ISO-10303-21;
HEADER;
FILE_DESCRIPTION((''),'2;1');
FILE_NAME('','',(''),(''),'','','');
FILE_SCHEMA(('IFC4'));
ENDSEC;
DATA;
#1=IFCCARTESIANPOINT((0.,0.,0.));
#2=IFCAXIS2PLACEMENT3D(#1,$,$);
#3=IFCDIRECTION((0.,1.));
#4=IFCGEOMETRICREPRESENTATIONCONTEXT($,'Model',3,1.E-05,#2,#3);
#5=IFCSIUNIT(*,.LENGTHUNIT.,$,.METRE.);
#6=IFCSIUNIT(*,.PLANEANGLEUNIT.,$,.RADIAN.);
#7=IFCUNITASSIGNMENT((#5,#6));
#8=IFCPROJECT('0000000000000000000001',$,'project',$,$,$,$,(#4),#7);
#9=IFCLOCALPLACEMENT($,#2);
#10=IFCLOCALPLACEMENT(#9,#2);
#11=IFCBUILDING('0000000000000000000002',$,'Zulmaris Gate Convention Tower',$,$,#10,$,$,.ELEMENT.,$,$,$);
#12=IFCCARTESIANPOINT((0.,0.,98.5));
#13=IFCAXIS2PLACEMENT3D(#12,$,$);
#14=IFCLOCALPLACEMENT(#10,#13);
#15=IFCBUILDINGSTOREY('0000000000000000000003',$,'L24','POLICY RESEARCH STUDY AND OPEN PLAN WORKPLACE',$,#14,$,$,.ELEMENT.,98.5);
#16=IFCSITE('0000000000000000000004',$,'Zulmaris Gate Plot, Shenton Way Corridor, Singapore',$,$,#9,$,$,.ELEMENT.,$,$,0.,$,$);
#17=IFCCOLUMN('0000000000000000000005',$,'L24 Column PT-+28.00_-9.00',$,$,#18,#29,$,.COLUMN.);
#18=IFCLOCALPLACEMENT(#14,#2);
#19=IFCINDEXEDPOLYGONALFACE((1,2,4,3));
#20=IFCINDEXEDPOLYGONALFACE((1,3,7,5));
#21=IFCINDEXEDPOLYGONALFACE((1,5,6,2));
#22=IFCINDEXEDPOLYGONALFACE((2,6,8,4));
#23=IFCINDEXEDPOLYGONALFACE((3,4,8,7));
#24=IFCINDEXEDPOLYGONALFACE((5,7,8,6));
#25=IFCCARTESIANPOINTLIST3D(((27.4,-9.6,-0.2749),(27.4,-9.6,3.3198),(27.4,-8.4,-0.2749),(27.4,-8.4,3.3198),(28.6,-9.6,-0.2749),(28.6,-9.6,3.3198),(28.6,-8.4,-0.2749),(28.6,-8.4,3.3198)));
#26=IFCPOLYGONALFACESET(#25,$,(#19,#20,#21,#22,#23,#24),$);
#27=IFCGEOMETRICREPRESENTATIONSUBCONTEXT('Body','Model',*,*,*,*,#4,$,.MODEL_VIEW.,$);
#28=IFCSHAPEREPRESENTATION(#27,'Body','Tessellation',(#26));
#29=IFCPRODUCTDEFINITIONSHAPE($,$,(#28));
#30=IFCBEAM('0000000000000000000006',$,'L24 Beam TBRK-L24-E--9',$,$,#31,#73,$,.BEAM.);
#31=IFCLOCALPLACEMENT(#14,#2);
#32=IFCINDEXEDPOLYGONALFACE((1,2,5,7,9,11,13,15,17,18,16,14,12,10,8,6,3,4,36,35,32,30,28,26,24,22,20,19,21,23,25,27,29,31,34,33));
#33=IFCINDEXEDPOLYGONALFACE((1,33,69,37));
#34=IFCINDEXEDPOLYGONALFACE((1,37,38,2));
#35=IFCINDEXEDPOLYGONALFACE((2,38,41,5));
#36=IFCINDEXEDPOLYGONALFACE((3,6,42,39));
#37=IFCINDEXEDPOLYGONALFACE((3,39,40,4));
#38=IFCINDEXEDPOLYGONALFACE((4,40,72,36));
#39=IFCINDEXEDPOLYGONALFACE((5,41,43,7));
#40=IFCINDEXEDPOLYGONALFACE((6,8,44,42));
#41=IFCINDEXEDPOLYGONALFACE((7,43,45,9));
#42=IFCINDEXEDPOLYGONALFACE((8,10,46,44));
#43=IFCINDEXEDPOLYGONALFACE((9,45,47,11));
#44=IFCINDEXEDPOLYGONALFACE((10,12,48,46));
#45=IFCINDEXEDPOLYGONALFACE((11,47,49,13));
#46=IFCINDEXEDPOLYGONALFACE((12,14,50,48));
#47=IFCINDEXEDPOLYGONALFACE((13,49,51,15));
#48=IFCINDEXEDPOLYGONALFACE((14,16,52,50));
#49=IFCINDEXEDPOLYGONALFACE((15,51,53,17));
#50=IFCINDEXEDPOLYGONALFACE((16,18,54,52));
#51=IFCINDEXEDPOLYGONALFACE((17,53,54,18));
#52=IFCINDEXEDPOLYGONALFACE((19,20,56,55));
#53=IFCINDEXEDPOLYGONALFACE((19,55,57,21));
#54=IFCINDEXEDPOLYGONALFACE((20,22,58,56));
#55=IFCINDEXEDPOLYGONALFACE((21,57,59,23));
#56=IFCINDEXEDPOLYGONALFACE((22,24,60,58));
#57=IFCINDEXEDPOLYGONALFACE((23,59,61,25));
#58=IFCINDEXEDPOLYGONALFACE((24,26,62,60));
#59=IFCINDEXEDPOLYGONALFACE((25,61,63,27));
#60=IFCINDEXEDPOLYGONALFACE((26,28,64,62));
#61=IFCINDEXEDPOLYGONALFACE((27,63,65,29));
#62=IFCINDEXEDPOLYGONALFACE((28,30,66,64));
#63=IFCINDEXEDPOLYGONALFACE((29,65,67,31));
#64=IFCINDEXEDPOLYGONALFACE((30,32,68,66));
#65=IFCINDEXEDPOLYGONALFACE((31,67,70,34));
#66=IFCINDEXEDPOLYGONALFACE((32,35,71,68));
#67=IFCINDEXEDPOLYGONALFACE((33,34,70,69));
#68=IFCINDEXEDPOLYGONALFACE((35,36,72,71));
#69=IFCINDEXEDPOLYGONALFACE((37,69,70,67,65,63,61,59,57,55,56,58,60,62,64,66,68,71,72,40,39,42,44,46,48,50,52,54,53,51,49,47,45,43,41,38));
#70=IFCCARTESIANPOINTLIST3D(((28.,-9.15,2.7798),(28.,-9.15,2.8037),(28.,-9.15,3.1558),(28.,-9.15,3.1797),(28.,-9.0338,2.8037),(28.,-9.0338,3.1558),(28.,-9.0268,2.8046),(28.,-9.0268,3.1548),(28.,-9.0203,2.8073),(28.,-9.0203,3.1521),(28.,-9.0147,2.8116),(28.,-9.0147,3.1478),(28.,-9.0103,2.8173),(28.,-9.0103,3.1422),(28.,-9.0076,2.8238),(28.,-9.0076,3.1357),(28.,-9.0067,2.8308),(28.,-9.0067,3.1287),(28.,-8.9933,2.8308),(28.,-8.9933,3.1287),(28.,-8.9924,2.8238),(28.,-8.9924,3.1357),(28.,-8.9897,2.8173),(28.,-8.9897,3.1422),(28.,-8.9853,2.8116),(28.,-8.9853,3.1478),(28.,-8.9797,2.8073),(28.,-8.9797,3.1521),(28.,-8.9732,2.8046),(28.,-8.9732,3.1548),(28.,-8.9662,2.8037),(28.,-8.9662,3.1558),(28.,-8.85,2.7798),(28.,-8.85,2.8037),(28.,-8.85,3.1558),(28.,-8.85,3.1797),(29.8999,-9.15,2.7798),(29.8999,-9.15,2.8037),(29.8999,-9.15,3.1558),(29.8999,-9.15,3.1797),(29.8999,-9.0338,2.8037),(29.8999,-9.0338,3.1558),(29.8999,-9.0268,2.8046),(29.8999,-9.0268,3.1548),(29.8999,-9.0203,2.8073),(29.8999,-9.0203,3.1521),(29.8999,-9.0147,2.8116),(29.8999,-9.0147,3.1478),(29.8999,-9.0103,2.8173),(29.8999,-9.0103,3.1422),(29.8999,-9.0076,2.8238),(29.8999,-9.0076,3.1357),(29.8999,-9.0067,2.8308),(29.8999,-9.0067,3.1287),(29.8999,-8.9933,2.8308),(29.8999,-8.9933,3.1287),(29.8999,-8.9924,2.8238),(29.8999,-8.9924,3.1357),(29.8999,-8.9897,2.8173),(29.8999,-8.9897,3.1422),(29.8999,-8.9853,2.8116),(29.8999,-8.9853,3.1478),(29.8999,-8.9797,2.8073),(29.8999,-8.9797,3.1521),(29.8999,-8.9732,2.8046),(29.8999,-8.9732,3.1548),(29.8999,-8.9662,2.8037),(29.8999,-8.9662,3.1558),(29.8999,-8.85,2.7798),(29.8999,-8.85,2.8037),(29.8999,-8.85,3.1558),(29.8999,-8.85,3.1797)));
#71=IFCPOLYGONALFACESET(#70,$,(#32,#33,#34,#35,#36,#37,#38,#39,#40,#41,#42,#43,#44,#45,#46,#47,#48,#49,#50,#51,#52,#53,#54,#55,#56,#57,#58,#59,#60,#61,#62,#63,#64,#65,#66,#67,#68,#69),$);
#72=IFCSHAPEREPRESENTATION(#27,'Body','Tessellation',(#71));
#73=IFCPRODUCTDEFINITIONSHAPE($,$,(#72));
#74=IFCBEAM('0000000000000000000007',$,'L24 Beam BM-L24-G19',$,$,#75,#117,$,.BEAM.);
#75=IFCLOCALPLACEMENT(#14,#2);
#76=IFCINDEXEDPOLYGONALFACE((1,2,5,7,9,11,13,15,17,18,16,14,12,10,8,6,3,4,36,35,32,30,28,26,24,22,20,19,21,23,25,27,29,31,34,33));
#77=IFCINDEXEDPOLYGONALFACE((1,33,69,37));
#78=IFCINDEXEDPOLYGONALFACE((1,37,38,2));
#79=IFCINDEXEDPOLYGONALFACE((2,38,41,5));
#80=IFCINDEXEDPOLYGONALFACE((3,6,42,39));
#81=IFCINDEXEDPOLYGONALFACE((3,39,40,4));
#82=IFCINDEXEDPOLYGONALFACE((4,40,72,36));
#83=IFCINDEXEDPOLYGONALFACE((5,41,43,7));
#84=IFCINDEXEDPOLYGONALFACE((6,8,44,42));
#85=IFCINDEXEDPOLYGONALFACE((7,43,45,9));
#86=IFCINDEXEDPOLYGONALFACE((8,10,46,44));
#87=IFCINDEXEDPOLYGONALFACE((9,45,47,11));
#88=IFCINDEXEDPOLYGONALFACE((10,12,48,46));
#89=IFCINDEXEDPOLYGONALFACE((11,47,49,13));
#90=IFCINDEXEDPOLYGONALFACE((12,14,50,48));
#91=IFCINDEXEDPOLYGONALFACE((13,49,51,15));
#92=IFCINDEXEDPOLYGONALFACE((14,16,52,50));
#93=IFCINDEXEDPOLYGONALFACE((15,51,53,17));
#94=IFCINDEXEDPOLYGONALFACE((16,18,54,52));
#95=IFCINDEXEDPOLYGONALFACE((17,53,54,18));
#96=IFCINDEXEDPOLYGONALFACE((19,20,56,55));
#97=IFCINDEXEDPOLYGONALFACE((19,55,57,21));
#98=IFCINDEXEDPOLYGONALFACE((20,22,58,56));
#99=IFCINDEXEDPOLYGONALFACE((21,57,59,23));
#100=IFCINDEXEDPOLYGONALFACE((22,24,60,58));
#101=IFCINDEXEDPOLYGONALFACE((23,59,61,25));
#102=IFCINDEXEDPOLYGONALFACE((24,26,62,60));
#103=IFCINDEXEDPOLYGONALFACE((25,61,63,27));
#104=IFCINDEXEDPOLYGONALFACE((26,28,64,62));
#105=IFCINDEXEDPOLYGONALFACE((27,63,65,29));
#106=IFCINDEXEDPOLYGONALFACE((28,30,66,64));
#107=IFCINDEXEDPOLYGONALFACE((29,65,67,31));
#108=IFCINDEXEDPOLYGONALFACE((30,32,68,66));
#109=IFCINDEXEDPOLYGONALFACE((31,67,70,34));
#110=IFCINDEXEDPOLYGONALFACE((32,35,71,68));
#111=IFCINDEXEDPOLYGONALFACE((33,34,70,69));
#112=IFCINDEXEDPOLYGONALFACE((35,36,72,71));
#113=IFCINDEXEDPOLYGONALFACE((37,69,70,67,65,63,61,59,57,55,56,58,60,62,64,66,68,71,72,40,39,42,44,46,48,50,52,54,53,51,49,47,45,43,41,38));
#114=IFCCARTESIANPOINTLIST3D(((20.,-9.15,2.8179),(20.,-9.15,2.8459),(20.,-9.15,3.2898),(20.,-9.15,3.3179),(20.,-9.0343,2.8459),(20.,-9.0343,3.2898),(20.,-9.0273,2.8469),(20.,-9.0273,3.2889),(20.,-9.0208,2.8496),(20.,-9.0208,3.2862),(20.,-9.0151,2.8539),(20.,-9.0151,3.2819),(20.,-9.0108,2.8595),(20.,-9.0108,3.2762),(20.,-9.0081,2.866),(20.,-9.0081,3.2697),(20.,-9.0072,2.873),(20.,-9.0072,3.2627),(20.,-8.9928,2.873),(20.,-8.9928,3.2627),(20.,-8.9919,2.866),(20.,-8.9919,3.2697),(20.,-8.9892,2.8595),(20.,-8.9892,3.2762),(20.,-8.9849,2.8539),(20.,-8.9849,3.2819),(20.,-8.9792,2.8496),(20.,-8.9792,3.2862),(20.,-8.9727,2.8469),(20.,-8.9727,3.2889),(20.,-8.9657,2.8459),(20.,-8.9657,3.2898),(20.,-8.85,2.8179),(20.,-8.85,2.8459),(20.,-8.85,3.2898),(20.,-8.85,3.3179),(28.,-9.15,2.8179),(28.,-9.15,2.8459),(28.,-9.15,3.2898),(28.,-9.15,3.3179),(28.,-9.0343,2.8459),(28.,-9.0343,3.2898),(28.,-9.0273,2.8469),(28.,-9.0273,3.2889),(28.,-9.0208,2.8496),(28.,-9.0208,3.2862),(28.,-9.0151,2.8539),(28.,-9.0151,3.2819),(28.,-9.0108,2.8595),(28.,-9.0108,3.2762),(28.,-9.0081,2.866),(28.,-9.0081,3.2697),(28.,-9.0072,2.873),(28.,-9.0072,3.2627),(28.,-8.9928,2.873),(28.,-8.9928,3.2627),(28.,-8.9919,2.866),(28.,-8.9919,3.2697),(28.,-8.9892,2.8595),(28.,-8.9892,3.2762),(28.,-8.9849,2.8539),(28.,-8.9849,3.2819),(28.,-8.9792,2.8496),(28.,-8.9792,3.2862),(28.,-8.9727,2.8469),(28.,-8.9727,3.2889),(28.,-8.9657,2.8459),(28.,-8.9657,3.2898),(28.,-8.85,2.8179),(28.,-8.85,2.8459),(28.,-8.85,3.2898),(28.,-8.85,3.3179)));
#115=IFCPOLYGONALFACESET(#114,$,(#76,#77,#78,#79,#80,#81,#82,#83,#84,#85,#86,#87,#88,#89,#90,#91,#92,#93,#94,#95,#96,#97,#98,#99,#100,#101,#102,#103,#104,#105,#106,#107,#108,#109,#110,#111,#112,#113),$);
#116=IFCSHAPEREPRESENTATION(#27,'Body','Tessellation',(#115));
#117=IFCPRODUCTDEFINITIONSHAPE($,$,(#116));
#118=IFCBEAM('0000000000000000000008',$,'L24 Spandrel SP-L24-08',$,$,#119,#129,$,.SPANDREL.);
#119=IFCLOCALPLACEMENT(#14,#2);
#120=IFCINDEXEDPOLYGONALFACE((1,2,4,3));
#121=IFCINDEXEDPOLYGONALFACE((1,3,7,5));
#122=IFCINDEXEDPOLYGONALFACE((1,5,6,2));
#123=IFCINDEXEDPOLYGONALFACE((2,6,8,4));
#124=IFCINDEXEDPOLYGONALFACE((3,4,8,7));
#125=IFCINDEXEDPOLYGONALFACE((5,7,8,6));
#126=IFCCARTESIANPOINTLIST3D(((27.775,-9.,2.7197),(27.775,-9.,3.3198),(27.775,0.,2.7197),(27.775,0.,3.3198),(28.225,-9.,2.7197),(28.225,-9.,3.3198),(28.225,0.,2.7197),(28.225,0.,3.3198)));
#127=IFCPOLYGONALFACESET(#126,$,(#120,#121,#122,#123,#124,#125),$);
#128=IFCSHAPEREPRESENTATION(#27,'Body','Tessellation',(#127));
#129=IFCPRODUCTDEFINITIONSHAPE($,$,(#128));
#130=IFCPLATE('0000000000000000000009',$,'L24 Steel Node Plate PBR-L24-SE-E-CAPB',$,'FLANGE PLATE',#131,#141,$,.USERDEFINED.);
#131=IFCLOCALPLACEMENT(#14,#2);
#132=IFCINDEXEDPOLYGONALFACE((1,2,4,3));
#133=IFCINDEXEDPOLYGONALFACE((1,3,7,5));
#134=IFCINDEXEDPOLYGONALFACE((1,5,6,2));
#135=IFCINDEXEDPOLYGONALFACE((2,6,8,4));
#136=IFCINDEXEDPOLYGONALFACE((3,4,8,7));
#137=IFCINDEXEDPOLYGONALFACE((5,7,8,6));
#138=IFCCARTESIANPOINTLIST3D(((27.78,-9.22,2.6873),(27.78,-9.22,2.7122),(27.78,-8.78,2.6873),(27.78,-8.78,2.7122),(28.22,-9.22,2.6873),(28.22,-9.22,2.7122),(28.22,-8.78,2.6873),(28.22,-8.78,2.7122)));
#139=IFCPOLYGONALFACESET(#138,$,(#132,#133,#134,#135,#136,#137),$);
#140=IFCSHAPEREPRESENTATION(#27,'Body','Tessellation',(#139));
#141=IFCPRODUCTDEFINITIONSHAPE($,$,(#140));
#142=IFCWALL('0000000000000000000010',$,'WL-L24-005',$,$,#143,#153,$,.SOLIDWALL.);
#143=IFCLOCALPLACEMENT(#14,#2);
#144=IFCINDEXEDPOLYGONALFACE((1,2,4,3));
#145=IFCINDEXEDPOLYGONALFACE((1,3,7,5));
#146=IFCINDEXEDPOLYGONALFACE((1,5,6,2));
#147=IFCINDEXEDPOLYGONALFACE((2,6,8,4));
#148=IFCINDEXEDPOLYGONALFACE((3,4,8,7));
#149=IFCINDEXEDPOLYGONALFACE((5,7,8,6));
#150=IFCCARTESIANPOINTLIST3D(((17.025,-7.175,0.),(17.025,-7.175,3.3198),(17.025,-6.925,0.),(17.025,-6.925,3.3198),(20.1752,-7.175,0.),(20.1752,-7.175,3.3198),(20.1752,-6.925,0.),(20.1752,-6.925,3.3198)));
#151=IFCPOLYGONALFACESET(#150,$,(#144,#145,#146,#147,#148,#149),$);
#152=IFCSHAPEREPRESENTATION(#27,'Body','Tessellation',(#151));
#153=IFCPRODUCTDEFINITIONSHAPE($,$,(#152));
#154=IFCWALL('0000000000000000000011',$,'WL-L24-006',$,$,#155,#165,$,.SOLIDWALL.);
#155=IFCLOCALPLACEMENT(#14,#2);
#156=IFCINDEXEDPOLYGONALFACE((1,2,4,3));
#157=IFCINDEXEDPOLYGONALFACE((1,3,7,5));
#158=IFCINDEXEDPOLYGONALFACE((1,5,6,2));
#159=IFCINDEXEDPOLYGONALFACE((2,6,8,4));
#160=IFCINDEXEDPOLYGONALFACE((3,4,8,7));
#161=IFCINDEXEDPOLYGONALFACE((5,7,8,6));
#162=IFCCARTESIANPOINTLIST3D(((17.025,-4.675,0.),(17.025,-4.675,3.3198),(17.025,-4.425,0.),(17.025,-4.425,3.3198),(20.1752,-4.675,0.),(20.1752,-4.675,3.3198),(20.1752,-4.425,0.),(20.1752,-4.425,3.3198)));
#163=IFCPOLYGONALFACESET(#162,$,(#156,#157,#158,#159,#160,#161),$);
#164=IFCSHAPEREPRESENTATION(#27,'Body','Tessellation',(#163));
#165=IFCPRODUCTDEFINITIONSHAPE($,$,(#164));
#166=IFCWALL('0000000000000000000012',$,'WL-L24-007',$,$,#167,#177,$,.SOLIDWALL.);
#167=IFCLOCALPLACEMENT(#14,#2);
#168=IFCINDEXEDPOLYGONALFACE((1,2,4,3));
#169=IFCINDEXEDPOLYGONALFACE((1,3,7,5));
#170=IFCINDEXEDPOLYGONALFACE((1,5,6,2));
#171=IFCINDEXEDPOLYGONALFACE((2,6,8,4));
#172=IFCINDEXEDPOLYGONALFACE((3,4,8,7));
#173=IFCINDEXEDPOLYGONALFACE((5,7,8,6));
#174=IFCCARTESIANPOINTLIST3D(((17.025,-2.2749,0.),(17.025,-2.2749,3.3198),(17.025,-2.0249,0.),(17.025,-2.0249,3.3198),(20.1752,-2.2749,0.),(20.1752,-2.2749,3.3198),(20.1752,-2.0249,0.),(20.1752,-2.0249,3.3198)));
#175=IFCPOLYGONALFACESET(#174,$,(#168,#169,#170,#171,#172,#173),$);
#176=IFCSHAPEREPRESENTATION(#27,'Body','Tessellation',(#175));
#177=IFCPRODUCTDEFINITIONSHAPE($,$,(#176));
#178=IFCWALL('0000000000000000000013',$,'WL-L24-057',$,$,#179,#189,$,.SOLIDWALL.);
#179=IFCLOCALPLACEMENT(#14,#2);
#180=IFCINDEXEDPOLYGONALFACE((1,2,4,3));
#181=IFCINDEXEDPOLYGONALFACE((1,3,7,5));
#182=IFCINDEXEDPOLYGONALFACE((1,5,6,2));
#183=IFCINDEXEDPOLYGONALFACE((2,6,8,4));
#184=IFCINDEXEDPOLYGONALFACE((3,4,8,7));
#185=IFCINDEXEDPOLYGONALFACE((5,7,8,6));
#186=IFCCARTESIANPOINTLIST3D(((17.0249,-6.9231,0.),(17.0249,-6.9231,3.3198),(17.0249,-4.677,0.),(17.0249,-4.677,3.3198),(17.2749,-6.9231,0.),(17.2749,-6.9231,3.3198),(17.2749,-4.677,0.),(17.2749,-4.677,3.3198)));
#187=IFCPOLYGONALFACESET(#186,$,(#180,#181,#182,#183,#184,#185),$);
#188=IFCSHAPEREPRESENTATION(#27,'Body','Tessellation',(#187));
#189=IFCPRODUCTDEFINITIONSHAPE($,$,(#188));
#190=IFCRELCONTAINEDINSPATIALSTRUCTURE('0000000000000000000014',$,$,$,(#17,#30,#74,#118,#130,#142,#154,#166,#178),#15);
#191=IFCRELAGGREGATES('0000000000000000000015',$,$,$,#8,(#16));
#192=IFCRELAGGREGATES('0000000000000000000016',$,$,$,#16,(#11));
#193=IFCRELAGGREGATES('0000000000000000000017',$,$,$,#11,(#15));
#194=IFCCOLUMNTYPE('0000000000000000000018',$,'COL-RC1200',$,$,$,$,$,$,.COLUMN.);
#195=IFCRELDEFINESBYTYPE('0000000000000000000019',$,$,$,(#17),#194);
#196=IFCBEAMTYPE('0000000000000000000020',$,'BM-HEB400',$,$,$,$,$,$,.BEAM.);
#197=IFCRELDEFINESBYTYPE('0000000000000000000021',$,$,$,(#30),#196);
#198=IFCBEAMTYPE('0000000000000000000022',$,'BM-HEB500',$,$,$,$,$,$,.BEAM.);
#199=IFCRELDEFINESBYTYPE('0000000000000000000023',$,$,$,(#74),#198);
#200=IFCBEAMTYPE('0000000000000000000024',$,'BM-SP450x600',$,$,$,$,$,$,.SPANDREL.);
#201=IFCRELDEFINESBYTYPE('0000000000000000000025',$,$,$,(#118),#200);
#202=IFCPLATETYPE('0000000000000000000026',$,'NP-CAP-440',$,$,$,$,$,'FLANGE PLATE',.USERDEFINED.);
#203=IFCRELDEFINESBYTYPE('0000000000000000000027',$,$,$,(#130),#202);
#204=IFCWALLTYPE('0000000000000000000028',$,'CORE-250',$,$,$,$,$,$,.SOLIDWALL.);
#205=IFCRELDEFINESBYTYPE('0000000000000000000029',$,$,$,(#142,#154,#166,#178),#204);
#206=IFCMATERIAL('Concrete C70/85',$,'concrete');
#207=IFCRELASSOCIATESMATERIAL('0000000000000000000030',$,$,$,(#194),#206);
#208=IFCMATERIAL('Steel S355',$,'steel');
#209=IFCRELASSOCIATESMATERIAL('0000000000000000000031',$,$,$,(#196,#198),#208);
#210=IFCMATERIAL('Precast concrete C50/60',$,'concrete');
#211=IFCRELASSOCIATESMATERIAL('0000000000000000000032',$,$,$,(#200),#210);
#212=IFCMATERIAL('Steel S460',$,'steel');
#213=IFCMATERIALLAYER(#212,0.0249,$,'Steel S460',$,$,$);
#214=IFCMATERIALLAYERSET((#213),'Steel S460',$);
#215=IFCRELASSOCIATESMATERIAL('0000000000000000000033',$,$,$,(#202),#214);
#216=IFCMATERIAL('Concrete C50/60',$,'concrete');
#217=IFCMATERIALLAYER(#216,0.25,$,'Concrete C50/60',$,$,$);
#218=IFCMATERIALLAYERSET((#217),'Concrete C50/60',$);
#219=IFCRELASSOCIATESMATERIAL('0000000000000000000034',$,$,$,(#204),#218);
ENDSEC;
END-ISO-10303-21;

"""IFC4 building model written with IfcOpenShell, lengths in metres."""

from ifc_helpers import new_model, si_unit, direction, frame, frame_2d, origin, origin_2d, place, context, subcontext, project, spatial, rectangle, i_section, extrude, material, layer, layer_set, material_profile, profile_set, type_object, element, save


model = new_model("IFC4")

# Units and contexts
model_context = context("Model", 3, precision=1e-05, world=origin(), true_north=direction((0.0, 1.0)))
body_context = subcontext(model_context, "Body", "Model", "MODEL_VIEW")
ifc_project = project(units=[si_unit("LENGTHUNIT", "METRE"), si_unit("PLANEANGLEUNIT", "RADIAN")], contexts=[model_context])

# Site, building, storey
site_placement = place(None, origin())
site = spatial("IfcSite", under=ifc_project, at=site_placement, Name="Zulmaris Gate Plot, Shenton Way Corridor, Singapore", CompositionType="ELEMENT", RefElevation=0.0)
building_placement = place(site_placement, origin())
building = spatial("IfcBuilding", under=site, at=building_placement, Name="Zulmaris Gate Convention Tower", CompositionType="ELEMENT")
storey_placement = place(building_placement, frame((0.0, 0.0, 98.5)))
storey = spatial("IfcBuildingStorey", under=building, at=storey_placement, Name="L24", Description="POLICY RESEARCH STUDY AND OPEN PLAN WORKPLACE", CompositionType="ELEMENT", Elevation=98.5)

# Column
ifc_material_1 = material(Name="Concrete C70/85", Category="concrete")
ifc_material_profile_1 = material_profile(ifc_material_1, rectangle(XDim=1.2, YDim=1.2, at=origin_2d()), Name="RC COL 1200x1200")
ifc_profile_set_1 = profile_set([ifc_material_profile_1], Name="Concrete C70/85")
column_type = type_object("IfcColumnType", Name="COL-RC1200", PredefinedType="COLUMN", material=ifc_profile_set_1)
column_placement = place(storey_placement, frame((28.0, -9.0, -0.2749), z_axis=(0.0, 0.0, 1.0), x_axis=(1.0, 0.0, 0.0)))
element("IfcColumn", 1, at=column_placement, inside=storey, type_object=column_type, Name="L24 Column PT-+28.00_-9.00", PredefinedType="COLUMN", context=body_context, shape_type="SweptSolid", body=[
    extrude(rectangle(XDim=1.2, YDim=1.2, at=origin_2d()), origin(), (0.0, 0.0, 1.0), 3.5947),
])

# Beams
ifc_material_2 = material(Name="Steel S355", Category="steel")
ifc_material_profile_2 = material_profile(ifc_material_2, i_section(OverallWidth=0.3, OverallDepth=0.3999, WebThickness=0.0134, FlangeThickness=0.0239, FilletRadius=0.0271, at=origin_2d()), Name="HEB 400")
ifc_profile_set_2 = profile_set([ifc_material_profile_2], Name="Steel S355")
beam_type_1 = type_object("IfcBeamType", Name="BM-HEB400", PredefinedType="BEAM", material=ifc_profile_set_2)
beam_1_placement = place(storey_placement, frame((28.0, -9.0, 2.9797), z_axis=(1.0, 0.0, 0.0), x_axis=(0.0, 1.0, 0.0)))
element("IfcBeam", 2, at=beam_1_placement, inside=storey, type_object=beam_type_1, Name="L24 Beam TBRK-L24-E--9", PredefinedType="BEAM", context=body_context, shape_type="SweptSolid", body=[
    extrude(i_section(OverallWidth=0.3, OverallDepth=0.3999, WebThickness=0.0134, FlangeThickness=0.0239, FilletRadius=0.0271, at=origin_2d()), origin(), (0.0, 0.0, 1.0), 1.8999),
])
ifc_material_profile_3 = material_profile(ifc_material_2, i_section(OverallWidth=0.3, OverallDepth=0.5, WebThickness=0.0144, FlangeThickness=0.0281, FilletRadius=0.0271, at=origin_2d()), Name="HEB 500")
ifc_profile_set_3 = profile_set([ifc_material_profile_3], Name="Steel S355")
beam_type_2 = type_object("IfcBeamType", Name="BM-HEB500", PredefinedType="BEAM", material=ifc_profile_set_3)
beam_2_placement = place(storey_placement, frame((20.0, -9.0, 3.0679), z_axis=(1.0, 0.0, 0.0), x_axis=(0.0, 1.0, 0.0)))
element("IfcBeam", 3, at=beam_2_placement, inside=storey, type_object=beam_type_2, Name="L24 Beam BM-L24-G19", PredefinedType="BEAM", context=body_context, shape_type="SweptSolid", body=[
    extrude(i_section(OverallWidth=0.3, OverallDepth=0.5, WebThickness=0.0144, FlangeThickness=0.0281, FilletRadius=0.0271, at=origin_2d()), origin(), (0.0, 0.0, 1.0), 8.0),
])
ifc_material_3 = material(Name="Precast concrete C50/60", Category="concrete")
ifc_material_profile_4 = material_profile(ifc_material_3, rectangle(XDim=0.45, YDim=0.6001, at=origin_2d()), Name="RC SPANDREL 450x600")
ifc_profile_set_4 = profile_set([ifc_material_profile_4], Name="Precast concrete C50/60")
beam_type_3 = type_object("IfcBeamType", Name="BM-SP450x600", PredefinedType="SPANDREL", material=ifc_profile_set_4)
beam_3_placement = place(storey_placement, frame((28.0, -9.0, 3.0198), z_axis=(0.0, 1.0, 0.0), x_axis=(-1.0, 0.0, 0.0)))
element("IfcBeam", 4, at=beam_3_placement, inside=storey, type_object=beam_type_3, Name="L24 Spandrel SP-L24-08", PredefinedType="SPANDREL", context=body_context, shape_type="SweptSolid", body=[
    extrude(rectangle(XDim=0.45, YDim=0.6001, at=origin_2d()), origin(), (0.0, 0.0, 1.0), 9.0),
])

# Plate
ifc_material_4 = material(Name="Steel S460", Category="steel")
ifc_layer_1 = layer(ifc_material_4, 0.0249, Name="Steel S460")
ifc_layer_set_1 = layer_set([ifc_layer_1], Name="Steel S460")
plate_type = type_object("IfcPlateType", Name="NP-CAP-440", ElementType="FLANGE PLATE", PredefinedType="USERDEFINED", material=ifc_layer_set_1)
plate_placement = place(storey_placement, frame((28.0, -9.0, 2.6873), z_axis=(0.0, 0.0, 1.0), x_axis=(1.0, 0.0, 0.0)))
element("IfcPlate", 5, at=plate_placement, inside=storey, type_object=plate_type, Name="L24 Steel Node Plate PBR-L24-SE-E-CAPB", ObjectType="FLANGE PLATE", PredefinedType="USERDEFINED", context=body_context, shape_type="SweptSolid", body=[
    extrude(rectangle(XDim=0.4399, YDim=0.4399, at=origin_2d()), origin(), (0.0, 0.0, 1.0), 0.0249),
])

# Walls
ifc_material_5 = material(Name="Concrete C50/60", Category="concrete")
ifc_layer_2 = layer(ifc_material_5, 0.25, Name="Concrete C50/60")
ifc_layer_set_2 = layer_set([ifc_layer_2], Name="Concrete C50/60")
wall_type_1 = type_object("IfcWallType", Name="CORE-250", PredefinedType="SOLIDWALL", material=ifc_layer_set_2)
for number, where, z_axis, x_axis, name in (
    (6, (17.0249, -7.05, 0.0), (0.0, 0.0, 1.0), (1.0, 0.0, 0.0), "WL-L24-005"),
    (7, (17.0249, -4.55, 0.0), (0.0, 0.0, 1.0), (1.0, 0.0, 0.0), "WL-L24-006"),
    (8, (17.0249, -2.1499, 0.0), (0.0, 0.0, 1.0), (1.0, 0.0, 0.0), "WL-L24-007"),
):
    element("IfcWall", number, at=place(storey_placement, frame(where, z_axis=z_axis, x_axis=x_axis)), inside=storey, type_object=wall_type_1, Name=name, PredefinedType="SOLIDWALL", context=body_context, shape_type="SweptSolid", body=[
        extrude(rectangle(XDim=3.1501, YDim=0.25, at=frame_2d((1.5752, 0.0))), origin(), (0.0, 0.0, 1.0), 3.3198),
    ])
wall_1_placement = place(storey_placement, frame((17.1499, -6.9231, 0.0), z_axis=(0.0, 0.0, 1.0), x_axis=(0.0, 1.0, 0.0)))
element("IfcWall", 9, at=wall_1_placement, inside=storey, type_object=wall_type_1, Name="WL-L24-057", PredefinedType="SOLIDWALL", context=body_context, shape_type="SweptSolid", body=[
    extrude(rectangle(XDim=2.2461, YDim=0.25, at=frame_2d((1.123, 0.0))), origin(), (0.0, 0.0, 1.0), 3.3198),
])

save(model, "model.ifc")
